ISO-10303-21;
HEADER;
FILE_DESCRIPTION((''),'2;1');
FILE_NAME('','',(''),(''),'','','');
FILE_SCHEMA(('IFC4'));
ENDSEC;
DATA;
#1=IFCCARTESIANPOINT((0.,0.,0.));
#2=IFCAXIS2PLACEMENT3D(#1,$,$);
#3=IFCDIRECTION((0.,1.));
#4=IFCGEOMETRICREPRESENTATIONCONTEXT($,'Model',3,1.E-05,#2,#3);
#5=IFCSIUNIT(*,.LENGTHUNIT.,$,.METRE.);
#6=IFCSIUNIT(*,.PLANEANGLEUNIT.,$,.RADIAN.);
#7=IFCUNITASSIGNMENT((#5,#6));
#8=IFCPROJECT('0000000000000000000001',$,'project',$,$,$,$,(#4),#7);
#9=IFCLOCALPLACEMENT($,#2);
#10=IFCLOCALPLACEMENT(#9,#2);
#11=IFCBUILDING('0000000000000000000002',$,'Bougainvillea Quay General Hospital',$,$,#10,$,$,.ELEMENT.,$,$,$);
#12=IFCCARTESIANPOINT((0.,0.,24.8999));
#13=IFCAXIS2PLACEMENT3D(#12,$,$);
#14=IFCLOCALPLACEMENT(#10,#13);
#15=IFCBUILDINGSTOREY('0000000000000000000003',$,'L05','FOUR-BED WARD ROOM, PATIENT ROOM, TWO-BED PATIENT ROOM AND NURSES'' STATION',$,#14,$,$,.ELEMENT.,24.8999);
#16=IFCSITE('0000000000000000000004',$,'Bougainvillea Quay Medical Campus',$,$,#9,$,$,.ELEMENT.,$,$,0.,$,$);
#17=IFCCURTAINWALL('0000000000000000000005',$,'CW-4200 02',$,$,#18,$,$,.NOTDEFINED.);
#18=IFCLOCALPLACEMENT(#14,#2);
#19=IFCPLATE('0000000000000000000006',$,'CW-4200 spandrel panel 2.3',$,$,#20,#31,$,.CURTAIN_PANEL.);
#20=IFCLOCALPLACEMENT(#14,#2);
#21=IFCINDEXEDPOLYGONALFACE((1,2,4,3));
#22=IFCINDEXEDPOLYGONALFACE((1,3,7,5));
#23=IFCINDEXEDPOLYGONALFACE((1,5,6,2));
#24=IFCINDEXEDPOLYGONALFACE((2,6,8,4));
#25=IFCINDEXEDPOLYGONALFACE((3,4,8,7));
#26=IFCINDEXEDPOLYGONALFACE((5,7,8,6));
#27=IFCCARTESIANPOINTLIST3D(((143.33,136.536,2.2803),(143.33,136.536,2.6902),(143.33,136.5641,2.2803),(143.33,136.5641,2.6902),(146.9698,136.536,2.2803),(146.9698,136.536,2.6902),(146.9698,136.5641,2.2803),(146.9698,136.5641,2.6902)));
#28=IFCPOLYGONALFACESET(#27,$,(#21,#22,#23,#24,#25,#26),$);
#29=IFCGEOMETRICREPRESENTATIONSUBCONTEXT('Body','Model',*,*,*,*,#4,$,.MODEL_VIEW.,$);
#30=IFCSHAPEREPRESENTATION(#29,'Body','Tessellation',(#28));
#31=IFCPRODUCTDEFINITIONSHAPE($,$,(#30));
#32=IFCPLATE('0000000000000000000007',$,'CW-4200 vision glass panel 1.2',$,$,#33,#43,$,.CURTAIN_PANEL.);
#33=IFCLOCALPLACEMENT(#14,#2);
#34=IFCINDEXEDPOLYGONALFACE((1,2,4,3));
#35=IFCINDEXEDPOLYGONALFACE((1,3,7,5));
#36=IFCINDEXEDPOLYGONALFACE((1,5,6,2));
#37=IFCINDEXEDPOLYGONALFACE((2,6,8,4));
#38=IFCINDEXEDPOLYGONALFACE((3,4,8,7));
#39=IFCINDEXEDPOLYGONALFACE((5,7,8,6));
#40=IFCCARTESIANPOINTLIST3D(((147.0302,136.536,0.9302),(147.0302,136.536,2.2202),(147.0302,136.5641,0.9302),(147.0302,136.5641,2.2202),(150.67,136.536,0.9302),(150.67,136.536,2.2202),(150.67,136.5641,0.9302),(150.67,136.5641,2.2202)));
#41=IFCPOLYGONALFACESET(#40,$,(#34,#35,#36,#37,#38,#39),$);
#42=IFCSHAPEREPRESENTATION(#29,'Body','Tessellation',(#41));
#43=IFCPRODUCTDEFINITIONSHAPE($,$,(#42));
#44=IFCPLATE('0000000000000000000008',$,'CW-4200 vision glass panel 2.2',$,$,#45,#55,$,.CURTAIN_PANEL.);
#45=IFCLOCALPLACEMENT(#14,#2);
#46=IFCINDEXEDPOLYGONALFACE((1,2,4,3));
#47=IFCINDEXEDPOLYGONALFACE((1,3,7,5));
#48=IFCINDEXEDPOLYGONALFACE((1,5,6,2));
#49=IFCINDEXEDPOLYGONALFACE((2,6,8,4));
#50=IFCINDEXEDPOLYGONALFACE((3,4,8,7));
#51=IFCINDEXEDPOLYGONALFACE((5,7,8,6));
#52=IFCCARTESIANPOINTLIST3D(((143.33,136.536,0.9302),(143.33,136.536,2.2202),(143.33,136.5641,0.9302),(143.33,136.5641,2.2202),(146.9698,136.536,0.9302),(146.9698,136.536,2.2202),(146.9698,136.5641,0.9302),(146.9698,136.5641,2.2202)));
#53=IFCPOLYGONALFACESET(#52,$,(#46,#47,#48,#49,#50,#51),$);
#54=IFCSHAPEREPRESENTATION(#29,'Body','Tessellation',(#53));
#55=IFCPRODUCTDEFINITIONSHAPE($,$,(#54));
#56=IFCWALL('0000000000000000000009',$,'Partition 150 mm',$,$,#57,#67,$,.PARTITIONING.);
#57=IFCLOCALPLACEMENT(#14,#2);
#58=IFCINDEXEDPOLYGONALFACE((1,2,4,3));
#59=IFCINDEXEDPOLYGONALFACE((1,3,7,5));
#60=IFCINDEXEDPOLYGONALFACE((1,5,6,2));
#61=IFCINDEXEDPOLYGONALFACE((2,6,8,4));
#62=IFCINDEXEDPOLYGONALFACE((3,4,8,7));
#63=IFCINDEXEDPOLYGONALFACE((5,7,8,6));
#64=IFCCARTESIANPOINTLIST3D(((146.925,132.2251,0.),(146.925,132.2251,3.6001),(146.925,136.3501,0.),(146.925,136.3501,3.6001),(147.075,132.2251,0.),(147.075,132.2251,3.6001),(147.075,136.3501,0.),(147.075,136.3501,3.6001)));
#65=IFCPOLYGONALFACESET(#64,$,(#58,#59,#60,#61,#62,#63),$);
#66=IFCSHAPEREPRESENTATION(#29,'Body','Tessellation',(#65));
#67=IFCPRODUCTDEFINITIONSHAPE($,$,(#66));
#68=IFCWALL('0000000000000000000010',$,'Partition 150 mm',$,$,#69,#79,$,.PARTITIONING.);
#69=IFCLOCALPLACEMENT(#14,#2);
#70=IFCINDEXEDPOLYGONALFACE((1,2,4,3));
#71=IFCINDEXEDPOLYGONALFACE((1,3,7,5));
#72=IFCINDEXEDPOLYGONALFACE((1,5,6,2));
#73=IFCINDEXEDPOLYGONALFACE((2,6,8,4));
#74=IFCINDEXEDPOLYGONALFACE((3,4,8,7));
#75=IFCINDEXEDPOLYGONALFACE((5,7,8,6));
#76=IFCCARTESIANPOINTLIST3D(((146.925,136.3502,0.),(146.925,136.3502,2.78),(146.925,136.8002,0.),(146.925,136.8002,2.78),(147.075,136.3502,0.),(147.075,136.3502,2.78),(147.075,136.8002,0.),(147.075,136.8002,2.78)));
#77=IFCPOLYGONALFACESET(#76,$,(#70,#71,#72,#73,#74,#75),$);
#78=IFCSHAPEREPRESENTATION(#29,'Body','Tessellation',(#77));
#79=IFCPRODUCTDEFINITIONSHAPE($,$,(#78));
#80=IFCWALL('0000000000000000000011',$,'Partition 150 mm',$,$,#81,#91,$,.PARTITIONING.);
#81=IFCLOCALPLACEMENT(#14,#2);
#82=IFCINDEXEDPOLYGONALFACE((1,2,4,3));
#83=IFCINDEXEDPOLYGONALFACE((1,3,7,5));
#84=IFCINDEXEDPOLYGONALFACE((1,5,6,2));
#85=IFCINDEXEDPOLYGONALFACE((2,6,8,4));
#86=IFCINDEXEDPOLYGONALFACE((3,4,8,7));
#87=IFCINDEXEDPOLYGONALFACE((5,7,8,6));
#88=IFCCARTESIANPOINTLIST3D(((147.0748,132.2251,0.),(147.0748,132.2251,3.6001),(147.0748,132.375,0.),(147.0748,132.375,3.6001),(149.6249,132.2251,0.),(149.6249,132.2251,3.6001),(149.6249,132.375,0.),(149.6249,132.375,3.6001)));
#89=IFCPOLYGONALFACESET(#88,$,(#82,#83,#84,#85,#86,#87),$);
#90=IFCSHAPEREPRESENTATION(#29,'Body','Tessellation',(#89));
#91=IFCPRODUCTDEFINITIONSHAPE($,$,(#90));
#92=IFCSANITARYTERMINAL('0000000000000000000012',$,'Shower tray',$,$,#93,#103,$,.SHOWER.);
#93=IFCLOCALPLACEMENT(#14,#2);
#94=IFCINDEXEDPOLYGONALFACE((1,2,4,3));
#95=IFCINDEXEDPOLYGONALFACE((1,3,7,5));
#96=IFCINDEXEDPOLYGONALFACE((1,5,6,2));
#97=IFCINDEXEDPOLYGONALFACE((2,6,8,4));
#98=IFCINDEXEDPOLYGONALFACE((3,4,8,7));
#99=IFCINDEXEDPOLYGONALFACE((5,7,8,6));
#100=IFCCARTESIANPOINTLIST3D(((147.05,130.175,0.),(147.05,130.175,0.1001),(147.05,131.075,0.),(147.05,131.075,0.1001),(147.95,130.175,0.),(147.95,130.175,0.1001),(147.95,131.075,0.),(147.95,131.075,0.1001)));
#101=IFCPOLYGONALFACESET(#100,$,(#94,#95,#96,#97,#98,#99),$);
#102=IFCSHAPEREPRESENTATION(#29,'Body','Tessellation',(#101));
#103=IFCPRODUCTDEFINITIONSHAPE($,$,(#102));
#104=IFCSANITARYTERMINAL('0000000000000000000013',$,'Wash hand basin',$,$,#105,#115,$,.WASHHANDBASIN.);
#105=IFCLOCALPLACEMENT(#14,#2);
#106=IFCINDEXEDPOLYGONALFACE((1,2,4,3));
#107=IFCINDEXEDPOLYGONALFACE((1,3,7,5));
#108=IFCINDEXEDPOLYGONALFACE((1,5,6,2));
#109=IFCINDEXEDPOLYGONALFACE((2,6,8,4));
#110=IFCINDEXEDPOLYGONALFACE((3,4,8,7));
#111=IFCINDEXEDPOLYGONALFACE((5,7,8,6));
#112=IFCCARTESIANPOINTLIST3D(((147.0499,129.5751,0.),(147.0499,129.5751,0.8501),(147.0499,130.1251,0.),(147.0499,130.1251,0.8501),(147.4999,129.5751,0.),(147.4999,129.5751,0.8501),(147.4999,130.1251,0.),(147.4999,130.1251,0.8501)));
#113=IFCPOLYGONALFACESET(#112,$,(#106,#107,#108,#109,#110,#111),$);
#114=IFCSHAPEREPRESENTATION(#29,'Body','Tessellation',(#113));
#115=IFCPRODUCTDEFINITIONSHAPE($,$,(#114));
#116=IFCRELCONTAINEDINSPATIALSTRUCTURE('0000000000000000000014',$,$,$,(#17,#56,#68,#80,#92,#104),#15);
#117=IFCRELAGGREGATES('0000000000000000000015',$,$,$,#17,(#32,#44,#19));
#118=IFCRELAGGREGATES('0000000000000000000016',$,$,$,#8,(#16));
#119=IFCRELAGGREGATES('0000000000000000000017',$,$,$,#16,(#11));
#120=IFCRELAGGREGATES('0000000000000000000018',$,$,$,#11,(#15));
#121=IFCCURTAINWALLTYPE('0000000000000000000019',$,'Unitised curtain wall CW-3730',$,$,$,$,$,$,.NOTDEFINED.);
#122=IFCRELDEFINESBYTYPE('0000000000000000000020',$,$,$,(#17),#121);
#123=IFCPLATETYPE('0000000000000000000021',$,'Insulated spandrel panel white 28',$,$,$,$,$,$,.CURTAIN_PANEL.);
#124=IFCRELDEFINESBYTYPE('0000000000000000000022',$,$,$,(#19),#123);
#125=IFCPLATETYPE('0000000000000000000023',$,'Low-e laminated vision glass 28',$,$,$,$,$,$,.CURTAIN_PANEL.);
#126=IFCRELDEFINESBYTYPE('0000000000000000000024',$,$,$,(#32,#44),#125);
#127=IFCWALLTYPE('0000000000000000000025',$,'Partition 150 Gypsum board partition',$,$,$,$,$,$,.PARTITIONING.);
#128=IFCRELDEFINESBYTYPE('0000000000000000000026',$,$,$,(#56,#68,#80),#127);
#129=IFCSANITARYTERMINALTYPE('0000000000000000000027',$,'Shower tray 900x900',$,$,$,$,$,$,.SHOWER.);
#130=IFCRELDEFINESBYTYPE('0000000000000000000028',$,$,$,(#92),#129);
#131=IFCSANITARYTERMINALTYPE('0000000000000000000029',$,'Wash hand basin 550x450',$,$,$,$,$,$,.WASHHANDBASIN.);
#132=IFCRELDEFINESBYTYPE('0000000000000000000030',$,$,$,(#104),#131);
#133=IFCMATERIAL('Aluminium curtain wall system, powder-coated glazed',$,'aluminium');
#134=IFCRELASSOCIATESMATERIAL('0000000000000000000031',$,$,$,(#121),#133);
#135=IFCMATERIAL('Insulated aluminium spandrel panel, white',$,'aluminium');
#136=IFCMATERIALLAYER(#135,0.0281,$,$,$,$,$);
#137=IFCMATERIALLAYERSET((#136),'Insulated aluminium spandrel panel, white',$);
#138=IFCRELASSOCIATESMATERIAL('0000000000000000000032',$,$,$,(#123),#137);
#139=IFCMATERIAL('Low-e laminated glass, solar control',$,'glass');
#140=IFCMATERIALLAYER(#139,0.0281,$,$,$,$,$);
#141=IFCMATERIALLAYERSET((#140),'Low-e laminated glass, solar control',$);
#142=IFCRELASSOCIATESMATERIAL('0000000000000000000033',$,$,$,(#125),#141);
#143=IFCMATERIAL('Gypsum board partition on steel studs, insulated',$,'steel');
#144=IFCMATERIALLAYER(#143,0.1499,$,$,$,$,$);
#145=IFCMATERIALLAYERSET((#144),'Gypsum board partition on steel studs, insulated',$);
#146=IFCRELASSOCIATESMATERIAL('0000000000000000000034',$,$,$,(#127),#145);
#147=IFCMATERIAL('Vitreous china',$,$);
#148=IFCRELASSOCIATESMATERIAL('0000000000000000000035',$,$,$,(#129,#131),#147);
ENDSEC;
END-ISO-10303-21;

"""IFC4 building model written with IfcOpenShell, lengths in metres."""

from ifc_helpers import new_model, si_unit, direction, frame, frame_2d, origin, origin_2d, place, context, subcontext, project, spatial, rectangle, extrude, material, layer, layer_set, type_object, element, aggregate, save


model = new_model("IFC4")

# Units and contexts
model_context = context("Model", 3, precision=1e-05, world=origin(), true_north=direction((0.0, 1.0)))
body_context = subcontext(model_context, "Body", "Model", "MODEL_VIEW")
ifc_project = project(units=[si_unit("LENGTHUNIT", "METRE"), si_unit("PLANEANGLEUNIT", "RADIAN")], contexts=[model_context])

# Site, building, storey
site_placement = place(None, origin())
site = spatial("IfcSite", under=ifc_project, at=site_placement, Name="Bougainvillea Quay Medical Campus", CompositionType="ELEMENT", RefElevation=0.0)
building_placement = place(site_placement, origin())
building = spatial("IfcBuilding", under=site, at=building_placement, Name="Bougainvillea Quay General Hospital", CompositionType="ELEMENT")
storey_placement = place(building_placement, frame((0.0, 0.0, 24.8999)))
storey = spatial("IfcBuildingStorey", under=building, at=storey_placement, Name="L05", Description="FOUR-BED WARD ROOM, PATIENT ROOM, TWO-BED PATIENT ROOM AND NURSES' STATION", CompositionType="ELEMENT", Elevation=24.8999)

# Curtain wall, plates
ifc_material_1 = material(Name="Aluminium curtain wall system, powder-coated glazed", Category="aluminium")
curtain_wall_type = type_object("IfcCurtainWallType", Name="Unitised curtain wall CW-3730", PredefinedType="NOTDEFINED", material=ifc_material_1)
curtain_wall_placement = place(storey_placement, origin())
curtain_wall = element("IfcCurtainWall", 1, at=curtain_wall_placement, inside=storey, type_object=curtain_wall_type, Name="CW-4200 02", PredefinedType="NOTDEFINED")
ifc_material_2 = material(Name="Insulated aluminium spandrel panel, white", Category="aluminium")
ifc_layer_1 = layer(ifc_material_2, 0.0281)
ifc_layer_set_1 = layer_set([ifc_layer_1], Name="Insulated aluminium spandrel panel, white")
plate_type_1 = type_object("IfcPlateType", Name="Insulated spandrel panel white 28", PredefinedType="CURTAIN_PANEL", material=ifc_layer_set_1)
plate_1_placement = place(storey_placement, frame((145.1499, 136.55, 2.2803), z_axis=(0.0, 0.0, 1.0), x_axis=(-1.0, 0.0, 0.0)))
plate_1 = element("IfcPlate", 2, at=plate_1_placement, type_object=plate_type_1, Name="CW-4200 spandrel panel 2.3", PredefinedType="CURTAIN_PANEL", context=body_context, shape_type="SweptSolid", body=[
    extrude(rectangle(XDim=3.6399, YDim=0.0281, at=origin_2d()), origin(), (0.0, 0.0, 1.0), 0.4099),
])
ifc_material_3 = material(Name="Low-e laminated glass, solar control", Category="glass")
ifc_layer_2 = layer(ifc_material_3, 0.0281)
ifc_layer_set_2 = layer_set([ifc_layer_2], Name="Low-e laminated glass, solar control")
plate_type_2 = type_object("IfcPlateType", Name="Low-e laminated vision glass 28", PredefinedType="CURTAIN_PANEL", material=ifc_layer_set_2)
plate_2_placement = place(storey_placement, frame((148.8501, 136.55, 0.9302), z_axis=(0.0, 0.0, 1.0), x_axis=(-1.0, 0.0, 0.0)))
plate_2 = element("IfcPlate", 3, at=plate_2_placement, type_object=plate_type_2, Name="CW-4200 vision glass panel 1.2", PredefinedType="CURTAIN_PANEL", context=body_context, shape_type="SweptSolid", body=[
    extrude(rectangle(XDim=3.6399, YDim=0.0281, at=origin_2d()), origin(), (0.0, 0.0, 1.0), 1.29),
])
plate_3_placement = place(storey_placement, frame((145.1499, 136.55, 0.9302), z_axis=(0.0, 0.0, 1.0), x_axis=(-1.0, 0.0, 0.0)))
plate_3 = element("IfcPlate", 4, at=plate_3_placement, type_object=plate_type_2, Name="CW-4200 vision glass panel 2.2", PredefinedType="CURTAIN_PANEL", context=body_context, shape_type="SweptSolid", body=[
    extrude(rectangle(XDim=3.6399, YDim=0.0281, at=origin_2d()), origin(), (0.0, 0.0, 1.0), 1.29),
])
aggregate(curtain_wall, [plate_2, plate_3, plate_1])

# Walls
ifc_material_4 = material(Name="Gypsum board partition on steel studs, insulated", Category="steel")
ifc_layer_3 = layer(ifc_material_4, 0.1499)
ifc_layer_set_3 = layer_set([ifc_layer_3], Name="Gypsum board partition on steel studs, insulated")
wall_type = type_object("IfcWallType", Name="Partition 150 Gypsum board partition", PredefinedType="PARTITIONING", material=ifc_layer_set_3)
wall_1_placement = place(storey_placement, frame((147.0, 132.2251, 0.0), z_axis=(0.0, 0.0, 1.0), x_axis=(0.0, 1.0, 0.0)))
element("IfcWall", 5, at=wall_1_placement, inside=storey, type_object=wall_type, Name="Partition 150 mm", PredefinedType="PARTITIONING", context=body_context, shape_type="SweptSolid", body=[
    extrude(rectangle(XDim=4.125, YDim=0.1499, at=frame_2d((2.0625, 0.0))), origin(), (0.0, 0.0, 1.0), 3.6001),
])
wall_2_placement = place(storey_placement, frame((147.0, 136.3501, 0.0), z_axis=(0.0, 0.0, 1.0), x_axis=(0.0, 1.0, 0.0)))
element("IfcWall", 6, at=wall_2_placement, inside=storey, type_object=wall_type, Name="Partition 150 mm", PredefinedType="PARTITIONING", context=body_context, shape_type="SweptSolid", body=[
    extrude(rectangle(XDim=0.45, YDim=0.1499, at=frame_2d((0.2251, 0.0))), origin(), (0.0, 0.0, 1.0), 2.78),
])
wall_3_placement = place(storey_placement, frame((147.075, 132.3, 0.0), z_axis=(0.0, 0.0, 1.0), x_axis=(1.0, 0.0, 0.0)))
element("IfcWall", 7, at=wall_3_placement, inside=storey, type_object=wall_type, Name="Partition 150 mm", PredefinedType="PARTITIONING", context=body_context, shape_type="SweptSolid", body=[
    extrude(rectangle(XDim=2.55, YDim=0.1499, at=frame_2d((1.2749, 0.0))), origin(), (0.0, 0.0, 1.0), 3.6001),
])

# Sanitary terminals
ifc_material_5 = material(Name="Vitreous china")
sanitary_terminal_type_1 = type_object("IfcSanitaryTerminalType", Name="Shower tray 900x900", PredefinedType="SHOWER", material=ifc_material_5)
sanitary_terminal_1_placement = place(storey_placement, frame((147.5, 130.625, 0.0), z_axis=(0.0, 0.0, 1.0), x_axis=(0.0, 1.0, 0.0)))
element("IfcSanitaryTerminal", 8, at=sanitary_terminal_1_placement, inside=storey, type_object=sanitary_terminal_type_1, Name="Shower tray", PredefinedType="SHOWER", context=body_context, shape_type="SweptSolid", body=[
    extrude(rectangle(XDim=0.8999, YDim=0.8999, at=origin_2d()), origin(), (0.0, 0.0, 1.0), 0.1001),
])
sanitary_terminal_type_2 = type_object("IfcSanitaryTerminalType", Name="Wash hand basin 550x450", PredefinedType="WASHHANDBASIN", material=ifc_material_5)
sanitary_terminal_2_placement = place(storey_placement, frame((147.2749, 129.8501, 0.0), z_axis=(0.0, 0.0, 1.0), x_axis=(0.0, 1.0, 0.0)))
element("IfcSanitaryTerminal", 9, at=sanitary_terminal_2_placement, inside=storey, type_object=sanitary_terminal_type_2, Name="Wash hand basin", PredefinedType="WASHHANDBASIN", context=body_context, shape_type="SweptSolid", body=[
    extrude(rectangle(XDim=0.55, YDim=0.45, at=origin_2d()), origin(), (0.0, 0.0, 1.0), 0.8501),
])

save(model, "model.ifc")
